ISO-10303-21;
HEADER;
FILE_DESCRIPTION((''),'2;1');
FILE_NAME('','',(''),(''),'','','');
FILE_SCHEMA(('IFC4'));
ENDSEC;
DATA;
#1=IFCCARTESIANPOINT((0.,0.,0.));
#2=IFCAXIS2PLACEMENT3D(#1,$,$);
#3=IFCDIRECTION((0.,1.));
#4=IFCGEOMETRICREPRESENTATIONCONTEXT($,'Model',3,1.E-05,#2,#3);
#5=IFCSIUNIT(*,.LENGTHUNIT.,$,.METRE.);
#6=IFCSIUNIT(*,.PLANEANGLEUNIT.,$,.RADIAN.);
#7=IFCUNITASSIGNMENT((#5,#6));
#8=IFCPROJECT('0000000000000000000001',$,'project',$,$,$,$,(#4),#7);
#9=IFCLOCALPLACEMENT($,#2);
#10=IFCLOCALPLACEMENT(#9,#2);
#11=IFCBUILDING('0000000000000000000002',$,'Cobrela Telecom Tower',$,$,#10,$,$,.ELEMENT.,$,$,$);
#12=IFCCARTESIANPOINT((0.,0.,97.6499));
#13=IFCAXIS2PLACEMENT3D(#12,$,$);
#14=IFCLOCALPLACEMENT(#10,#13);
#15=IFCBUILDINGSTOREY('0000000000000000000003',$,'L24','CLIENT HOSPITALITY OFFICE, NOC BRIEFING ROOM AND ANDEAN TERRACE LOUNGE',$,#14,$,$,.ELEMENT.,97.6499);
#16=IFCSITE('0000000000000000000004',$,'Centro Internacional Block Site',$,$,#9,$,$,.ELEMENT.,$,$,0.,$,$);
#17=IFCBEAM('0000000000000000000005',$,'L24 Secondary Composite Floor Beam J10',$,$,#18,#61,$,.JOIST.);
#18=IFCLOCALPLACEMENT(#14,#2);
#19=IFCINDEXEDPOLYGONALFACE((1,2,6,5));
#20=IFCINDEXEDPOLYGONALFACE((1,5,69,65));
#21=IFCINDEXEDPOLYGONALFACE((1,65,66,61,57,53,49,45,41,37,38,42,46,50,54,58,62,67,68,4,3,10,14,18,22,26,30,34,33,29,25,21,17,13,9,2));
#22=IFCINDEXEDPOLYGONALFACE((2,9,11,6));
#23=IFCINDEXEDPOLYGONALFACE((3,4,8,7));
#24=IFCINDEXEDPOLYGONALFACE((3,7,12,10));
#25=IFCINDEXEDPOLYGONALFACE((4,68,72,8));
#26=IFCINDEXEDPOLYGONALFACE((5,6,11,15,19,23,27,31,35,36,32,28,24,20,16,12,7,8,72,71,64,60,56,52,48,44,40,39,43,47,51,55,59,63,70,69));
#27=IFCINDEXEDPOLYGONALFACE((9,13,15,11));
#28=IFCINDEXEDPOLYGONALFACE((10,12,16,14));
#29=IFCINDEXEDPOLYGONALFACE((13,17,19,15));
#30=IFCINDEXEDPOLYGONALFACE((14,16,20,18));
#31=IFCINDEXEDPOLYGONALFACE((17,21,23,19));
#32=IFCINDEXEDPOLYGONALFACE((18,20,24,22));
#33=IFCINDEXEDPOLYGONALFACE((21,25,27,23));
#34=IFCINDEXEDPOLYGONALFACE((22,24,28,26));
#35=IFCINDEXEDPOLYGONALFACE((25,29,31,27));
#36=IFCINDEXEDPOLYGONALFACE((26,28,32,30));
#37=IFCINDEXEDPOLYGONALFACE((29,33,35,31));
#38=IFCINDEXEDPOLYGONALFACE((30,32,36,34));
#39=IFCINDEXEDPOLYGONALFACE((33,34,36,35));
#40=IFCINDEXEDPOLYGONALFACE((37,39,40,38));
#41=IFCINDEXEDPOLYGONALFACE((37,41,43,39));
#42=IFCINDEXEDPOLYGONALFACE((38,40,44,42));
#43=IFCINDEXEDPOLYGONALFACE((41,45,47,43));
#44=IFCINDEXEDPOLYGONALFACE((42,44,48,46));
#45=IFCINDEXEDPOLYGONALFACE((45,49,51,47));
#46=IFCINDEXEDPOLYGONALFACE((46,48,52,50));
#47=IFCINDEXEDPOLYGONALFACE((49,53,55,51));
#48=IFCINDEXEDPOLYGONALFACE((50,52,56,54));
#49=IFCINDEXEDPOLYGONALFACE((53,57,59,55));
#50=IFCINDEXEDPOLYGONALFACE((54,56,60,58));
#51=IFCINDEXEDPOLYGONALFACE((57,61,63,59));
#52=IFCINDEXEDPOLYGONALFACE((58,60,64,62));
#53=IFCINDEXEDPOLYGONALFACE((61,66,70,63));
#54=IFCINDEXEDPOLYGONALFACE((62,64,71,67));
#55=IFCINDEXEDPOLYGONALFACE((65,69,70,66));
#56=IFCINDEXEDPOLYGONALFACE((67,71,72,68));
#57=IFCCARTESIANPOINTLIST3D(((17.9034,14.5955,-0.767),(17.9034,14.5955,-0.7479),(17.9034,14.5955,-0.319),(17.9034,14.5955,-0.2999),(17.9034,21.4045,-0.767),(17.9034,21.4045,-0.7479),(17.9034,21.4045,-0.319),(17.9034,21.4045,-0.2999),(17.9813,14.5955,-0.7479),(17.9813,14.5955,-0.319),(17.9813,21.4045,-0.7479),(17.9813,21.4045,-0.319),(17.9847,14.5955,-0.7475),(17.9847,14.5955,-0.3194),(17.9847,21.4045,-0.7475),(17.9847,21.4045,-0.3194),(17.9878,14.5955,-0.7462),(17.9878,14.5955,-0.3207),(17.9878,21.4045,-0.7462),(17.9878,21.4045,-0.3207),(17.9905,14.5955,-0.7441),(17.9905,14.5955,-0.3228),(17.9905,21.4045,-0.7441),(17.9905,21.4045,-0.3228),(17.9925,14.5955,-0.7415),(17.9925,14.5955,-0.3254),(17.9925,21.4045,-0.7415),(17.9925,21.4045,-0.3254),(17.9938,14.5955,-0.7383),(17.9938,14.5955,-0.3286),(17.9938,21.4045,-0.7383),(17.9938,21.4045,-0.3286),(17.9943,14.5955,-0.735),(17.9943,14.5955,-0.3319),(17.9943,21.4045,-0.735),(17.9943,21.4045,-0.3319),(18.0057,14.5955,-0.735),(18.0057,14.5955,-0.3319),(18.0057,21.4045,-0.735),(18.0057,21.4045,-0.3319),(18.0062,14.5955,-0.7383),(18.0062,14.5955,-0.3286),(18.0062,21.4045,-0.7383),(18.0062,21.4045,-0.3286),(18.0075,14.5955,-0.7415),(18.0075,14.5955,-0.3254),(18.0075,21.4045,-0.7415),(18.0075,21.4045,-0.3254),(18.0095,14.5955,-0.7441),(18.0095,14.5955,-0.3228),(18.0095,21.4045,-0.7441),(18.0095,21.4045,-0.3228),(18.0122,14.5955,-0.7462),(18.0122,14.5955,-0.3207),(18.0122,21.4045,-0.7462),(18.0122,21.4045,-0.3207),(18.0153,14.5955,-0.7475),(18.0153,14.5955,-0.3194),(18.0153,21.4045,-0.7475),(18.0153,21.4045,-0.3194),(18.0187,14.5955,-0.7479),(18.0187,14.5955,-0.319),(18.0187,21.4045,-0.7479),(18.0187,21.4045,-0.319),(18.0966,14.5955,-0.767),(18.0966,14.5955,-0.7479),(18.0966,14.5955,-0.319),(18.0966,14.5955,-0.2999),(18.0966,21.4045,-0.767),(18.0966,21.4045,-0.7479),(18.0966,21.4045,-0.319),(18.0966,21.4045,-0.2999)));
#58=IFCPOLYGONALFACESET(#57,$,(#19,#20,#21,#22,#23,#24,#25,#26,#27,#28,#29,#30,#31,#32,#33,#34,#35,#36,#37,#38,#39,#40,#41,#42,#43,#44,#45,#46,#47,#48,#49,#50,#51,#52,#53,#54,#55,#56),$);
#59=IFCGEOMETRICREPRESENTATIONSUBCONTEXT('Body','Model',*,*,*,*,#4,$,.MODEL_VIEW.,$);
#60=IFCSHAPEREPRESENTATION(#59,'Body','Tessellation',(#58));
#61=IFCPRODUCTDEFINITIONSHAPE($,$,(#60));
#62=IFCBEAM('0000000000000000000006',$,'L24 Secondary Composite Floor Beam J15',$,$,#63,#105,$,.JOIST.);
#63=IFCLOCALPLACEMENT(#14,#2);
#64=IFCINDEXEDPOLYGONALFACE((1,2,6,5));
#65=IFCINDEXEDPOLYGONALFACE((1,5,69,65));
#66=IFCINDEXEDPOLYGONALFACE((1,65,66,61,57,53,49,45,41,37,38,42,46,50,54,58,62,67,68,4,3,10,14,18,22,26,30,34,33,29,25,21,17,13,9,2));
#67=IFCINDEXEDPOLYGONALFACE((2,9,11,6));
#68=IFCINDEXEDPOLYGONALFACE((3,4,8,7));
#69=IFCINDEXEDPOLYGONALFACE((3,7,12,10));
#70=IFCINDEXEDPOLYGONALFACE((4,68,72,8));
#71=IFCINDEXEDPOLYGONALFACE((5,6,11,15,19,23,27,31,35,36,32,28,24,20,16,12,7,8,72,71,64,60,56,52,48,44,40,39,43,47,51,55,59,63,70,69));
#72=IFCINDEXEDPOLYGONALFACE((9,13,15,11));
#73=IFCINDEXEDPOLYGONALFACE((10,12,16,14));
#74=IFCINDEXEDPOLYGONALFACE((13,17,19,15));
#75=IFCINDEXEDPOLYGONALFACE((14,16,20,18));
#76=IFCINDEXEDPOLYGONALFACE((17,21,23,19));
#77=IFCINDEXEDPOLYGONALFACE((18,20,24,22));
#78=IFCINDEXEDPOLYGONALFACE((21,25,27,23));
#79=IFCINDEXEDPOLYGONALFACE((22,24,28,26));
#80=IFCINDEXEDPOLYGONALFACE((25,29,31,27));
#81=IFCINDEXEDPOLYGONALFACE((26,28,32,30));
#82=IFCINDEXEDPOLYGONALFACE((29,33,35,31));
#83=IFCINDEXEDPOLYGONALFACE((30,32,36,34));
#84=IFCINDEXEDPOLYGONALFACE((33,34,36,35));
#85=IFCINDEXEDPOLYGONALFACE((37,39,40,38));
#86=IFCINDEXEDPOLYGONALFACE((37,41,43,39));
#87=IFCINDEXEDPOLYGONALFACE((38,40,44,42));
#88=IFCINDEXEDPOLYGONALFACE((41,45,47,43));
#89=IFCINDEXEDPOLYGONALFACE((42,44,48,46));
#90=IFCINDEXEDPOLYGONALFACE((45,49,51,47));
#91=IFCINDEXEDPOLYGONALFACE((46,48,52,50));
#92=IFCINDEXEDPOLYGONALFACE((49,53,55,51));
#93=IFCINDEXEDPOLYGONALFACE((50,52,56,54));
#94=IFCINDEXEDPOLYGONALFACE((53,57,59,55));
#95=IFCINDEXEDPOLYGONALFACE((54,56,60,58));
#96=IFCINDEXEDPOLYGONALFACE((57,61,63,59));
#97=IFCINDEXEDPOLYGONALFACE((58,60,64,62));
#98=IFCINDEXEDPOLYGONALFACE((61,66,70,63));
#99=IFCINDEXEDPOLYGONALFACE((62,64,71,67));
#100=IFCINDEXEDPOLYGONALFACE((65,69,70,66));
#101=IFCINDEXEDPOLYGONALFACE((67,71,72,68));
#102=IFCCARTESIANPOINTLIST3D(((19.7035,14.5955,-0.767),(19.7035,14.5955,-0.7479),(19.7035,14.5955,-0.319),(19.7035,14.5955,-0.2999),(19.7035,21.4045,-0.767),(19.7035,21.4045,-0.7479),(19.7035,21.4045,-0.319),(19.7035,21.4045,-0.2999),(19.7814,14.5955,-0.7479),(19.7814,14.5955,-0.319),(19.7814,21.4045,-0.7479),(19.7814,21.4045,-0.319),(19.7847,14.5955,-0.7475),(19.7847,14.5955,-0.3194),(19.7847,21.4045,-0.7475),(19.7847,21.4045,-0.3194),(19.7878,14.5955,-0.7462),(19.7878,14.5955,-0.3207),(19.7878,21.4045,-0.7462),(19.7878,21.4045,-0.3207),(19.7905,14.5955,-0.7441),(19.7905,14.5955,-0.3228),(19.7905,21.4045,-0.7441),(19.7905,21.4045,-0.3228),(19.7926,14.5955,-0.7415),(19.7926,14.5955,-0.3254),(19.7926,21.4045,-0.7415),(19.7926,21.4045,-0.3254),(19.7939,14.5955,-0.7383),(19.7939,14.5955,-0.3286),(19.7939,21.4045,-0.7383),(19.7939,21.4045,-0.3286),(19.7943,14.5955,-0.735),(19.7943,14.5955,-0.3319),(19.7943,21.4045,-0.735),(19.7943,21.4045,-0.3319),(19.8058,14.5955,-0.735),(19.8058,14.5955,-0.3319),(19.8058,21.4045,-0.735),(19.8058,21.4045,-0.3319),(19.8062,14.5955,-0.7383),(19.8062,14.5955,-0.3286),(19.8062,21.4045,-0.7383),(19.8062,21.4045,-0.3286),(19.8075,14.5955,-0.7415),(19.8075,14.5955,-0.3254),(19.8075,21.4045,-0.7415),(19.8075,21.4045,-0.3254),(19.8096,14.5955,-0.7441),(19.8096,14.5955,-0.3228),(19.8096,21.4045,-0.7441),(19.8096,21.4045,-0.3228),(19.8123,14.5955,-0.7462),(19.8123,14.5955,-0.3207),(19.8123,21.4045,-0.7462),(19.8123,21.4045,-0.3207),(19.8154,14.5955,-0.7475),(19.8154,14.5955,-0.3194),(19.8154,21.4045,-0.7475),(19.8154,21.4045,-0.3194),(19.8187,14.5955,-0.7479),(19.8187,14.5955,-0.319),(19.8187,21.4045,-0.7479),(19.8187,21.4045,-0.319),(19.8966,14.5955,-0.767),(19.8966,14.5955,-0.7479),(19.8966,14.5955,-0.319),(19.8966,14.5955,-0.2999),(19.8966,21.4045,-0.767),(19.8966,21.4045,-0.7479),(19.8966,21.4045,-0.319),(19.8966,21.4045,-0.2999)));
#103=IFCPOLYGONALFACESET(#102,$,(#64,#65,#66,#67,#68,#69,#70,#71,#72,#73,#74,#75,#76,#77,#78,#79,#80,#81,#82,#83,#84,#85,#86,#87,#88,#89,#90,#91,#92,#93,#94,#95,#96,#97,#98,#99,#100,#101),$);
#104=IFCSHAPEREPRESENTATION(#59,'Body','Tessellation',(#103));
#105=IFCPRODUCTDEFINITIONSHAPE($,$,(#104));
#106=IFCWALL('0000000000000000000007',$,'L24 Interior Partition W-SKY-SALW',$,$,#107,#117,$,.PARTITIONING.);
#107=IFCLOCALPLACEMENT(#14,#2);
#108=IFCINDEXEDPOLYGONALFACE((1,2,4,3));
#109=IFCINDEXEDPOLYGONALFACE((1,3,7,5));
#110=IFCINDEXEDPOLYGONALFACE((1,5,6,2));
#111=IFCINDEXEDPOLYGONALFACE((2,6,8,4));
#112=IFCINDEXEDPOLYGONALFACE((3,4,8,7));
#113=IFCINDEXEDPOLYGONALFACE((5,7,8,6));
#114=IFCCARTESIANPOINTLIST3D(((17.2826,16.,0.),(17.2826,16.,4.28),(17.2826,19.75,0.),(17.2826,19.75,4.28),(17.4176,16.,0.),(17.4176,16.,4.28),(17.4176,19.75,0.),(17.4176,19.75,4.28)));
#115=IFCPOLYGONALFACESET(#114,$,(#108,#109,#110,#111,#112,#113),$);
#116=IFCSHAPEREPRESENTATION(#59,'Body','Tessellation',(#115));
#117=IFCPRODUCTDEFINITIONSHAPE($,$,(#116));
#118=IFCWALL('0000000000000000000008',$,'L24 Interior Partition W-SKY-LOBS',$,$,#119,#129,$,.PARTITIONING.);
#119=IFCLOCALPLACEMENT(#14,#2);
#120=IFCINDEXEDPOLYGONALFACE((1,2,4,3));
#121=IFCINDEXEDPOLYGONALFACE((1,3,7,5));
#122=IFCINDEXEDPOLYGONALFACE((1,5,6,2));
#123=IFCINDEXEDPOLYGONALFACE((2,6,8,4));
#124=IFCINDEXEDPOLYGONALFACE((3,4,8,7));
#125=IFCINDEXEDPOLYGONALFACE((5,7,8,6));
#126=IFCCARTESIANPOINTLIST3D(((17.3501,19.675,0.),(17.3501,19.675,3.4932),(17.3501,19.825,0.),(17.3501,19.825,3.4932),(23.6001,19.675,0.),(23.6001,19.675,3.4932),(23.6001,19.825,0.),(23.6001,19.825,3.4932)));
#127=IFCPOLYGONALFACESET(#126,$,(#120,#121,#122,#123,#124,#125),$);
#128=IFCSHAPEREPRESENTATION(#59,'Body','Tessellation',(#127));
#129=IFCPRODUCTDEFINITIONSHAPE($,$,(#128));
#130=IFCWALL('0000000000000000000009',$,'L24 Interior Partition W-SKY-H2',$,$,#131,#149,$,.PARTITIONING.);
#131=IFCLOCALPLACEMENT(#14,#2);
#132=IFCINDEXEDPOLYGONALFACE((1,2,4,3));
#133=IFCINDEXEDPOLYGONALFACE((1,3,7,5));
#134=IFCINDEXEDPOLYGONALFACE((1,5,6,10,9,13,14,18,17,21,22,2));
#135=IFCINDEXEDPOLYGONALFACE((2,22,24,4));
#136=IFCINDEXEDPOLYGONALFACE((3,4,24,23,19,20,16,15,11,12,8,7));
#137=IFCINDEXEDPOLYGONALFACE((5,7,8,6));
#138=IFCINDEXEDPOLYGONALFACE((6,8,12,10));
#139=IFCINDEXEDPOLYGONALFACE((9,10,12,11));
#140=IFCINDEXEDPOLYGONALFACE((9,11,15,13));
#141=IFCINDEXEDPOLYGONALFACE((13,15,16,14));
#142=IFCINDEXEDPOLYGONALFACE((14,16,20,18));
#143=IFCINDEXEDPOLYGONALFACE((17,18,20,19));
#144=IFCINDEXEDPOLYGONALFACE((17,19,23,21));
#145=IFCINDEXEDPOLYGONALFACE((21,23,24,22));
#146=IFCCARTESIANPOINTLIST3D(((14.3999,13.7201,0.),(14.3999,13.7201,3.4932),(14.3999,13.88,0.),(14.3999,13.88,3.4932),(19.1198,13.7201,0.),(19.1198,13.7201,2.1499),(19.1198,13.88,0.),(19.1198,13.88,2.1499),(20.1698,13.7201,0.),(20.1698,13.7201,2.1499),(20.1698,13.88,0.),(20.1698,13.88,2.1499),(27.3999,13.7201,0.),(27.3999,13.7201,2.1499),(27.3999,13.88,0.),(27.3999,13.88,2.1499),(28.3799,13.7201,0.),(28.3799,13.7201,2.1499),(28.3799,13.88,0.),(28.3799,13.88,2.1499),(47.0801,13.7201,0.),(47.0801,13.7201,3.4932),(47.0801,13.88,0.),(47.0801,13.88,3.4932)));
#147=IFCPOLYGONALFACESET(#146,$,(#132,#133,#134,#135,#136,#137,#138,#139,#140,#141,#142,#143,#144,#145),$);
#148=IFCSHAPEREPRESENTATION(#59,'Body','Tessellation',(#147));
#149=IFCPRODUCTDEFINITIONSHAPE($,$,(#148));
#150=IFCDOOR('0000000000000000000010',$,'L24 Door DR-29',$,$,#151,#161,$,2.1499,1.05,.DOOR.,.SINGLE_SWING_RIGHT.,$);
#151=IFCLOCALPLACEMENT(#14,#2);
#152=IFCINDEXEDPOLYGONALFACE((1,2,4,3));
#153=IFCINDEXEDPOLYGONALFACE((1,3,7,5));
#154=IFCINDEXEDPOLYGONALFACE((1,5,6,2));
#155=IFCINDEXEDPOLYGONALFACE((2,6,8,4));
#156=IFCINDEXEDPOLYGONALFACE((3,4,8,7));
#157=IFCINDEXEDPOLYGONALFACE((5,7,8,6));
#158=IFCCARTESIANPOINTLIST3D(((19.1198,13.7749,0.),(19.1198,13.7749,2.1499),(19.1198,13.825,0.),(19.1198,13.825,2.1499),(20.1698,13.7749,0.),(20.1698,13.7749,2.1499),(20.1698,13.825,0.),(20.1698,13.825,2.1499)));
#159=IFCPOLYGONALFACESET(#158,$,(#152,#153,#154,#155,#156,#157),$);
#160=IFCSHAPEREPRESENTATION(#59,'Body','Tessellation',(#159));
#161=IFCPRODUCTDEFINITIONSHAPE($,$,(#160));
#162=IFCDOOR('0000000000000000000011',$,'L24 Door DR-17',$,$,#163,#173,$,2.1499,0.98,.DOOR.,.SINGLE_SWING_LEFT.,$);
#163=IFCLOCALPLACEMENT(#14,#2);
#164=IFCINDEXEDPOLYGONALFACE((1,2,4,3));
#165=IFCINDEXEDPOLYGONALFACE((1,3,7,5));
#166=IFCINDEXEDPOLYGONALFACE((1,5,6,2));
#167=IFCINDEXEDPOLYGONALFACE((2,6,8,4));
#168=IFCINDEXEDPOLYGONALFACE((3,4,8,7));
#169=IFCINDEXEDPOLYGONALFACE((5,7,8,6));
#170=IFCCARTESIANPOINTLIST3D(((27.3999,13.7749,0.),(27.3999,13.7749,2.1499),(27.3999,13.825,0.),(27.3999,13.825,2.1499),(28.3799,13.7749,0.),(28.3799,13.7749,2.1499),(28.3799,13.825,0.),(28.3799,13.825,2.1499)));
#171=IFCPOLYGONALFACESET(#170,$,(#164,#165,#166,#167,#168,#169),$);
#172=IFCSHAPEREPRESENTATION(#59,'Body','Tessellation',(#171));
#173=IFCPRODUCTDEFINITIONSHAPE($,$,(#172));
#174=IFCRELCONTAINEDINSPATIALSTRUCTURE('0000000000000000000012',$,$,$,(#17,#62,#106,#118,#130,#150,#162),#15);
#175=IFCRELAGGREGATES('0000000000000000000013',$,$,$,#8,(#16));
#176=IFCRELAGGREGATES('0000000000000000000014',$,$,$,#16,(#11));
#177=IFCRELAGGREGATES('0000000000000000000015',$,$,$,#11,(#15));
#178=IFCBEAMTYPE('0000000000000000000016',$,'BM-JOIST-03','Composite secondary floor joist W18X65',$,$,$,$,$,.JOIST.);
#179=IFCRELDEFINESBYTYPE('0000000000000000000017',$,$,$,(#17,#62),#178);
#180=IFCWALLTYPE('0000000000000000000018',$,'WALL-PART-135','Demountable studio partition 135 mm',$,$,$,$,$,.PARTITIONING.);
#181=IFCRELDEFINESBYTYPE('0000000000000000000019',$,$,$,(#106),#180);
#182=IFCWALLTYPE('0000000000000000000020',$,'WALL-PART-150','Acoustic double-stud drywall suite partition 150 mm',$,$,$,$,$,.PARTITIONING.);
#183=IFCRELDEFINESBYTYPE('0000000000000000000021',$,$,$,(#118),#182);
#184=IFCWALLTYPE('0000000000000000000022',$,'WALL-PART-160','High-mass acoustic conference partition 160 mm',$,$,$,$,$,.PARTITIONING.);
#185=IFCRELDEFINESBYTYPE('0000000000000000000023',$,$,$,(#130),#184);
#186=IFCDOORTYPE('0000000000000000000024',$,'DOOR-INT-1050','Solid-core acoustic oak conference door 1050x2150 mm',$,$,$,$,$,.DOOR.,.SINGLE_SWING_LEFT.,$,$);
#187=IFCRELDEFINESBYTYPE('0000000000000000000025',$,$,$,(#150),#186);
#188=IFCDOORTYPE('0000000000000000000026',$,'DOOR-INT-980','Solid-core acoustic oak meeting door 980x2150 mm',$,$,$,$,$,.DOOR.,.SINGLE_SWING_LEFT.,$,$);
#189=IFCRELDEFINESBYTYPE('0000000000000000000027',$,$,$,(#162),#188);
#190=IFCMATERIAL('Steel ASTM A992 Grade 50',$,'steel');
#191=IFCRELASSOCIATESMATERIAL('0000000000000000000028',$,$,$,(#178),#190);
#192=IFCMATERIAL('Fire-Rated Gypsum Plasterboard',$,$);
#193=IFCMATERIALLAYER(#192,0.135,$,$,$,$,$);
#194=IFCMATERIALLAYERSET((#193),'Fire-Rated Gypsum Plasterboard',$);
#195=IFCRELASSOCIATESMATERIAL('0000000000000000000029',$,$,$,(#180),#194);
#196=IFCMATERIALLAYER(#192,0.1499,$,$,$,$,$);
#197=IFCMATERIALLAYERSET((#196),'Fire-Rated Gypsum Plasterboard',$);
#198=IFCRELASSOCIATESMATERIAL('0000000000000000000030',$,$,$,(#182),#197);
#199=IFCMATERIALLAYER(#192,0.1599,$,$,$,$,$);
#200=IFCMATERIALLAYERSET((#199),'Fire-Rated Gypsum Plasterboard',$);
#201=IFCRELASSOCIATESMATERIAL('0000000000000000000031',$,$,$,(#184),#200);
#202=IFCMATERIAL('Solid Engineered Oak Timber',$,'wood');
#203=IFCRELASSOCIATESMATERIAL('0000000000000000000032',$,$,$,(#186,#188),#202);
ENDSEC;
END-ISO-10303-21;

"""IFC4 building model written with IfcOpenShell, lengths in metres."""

from ifc_helpers import new_model, si_unit, direction, frame, frame_2d, origin, origin_2d, place, context, subcontext, project, spatial, rectangle, i_section, extrude, material, layer, layer_set, material_profile, profile_set, type_object, element, fill, save


model = new_model("IFC4")

# Units and contexts
model_context = context("Model", 3, precision=1e-05, world=origin(), true_north=direction((0.0, 1.0)))
body_context = subcontext(model_context, "Body", "Model", "MODEL_VIEW")
ifc_project = project(units=[si_unit("LENGTHUNIT", "METRE"), si_unit("PLANEANGLEUNIT", "RADIAN")], contexts=[model_context])

# Site, building, storey
site_placement = place(None, origin())
site = spatial("IfcSite", under=ifc_project, at=site_placement, Name="Centro Internacional Block Site", CompositionType="ELEMENT", RefElevation=0.0)
building_placement = place(site_placement, origin())
building = spatial("IfcBuilding", under=site, at=building_placement, Name="Cobrela Telecom Tower", CompositionType="ELEMENT")
storey_placement = place(building_placement, frame((0.0, 0.0, 97.6499)))
storey = spatial("IfcBuildingStorey", under=building, at=storey_placement, Name="L24", Description="CLIENT HOSPITALITY OFFICE, NOC BRIEFING ROOM AND ANDEAN TERRACE LOUNGE", CompositionType="ELEMENT", Elevation=97.6499)

# Beams
ifc_material_1 = material(Name="Steel ASTM A992 Grade 50", Category="steel")
ifc_material_profile_1 = material_profile(ifc_material_1, i_section(OverallWidth=0.1931, OverallDepth=0.467, WebThickness=0.0115, FlangeThickness=0.019, FilletRadius=0.0129, at=origin_2d()), Name="W18X65")
ifc_profile_set_1 = profile_set([ifc_material_profile_1], Name="Steel ASTM A992 Grade 50")
beam_type_1 = type_object("IfcBeamType", Name="BM-JOIST-03", Description="Composite secondary floor joist W18X65", PredefinedType="JOIST", material=ifc_profile_set_1)
for number, where, z_axis, x_axis, name in (
    (1, (18.0, 14.5955, -0.5334), (0.0, 1.0, 0.0), (-1.0, 0.0, 0.0), "L24 Secondary Composite Floor Beam J10"),
    (2, (19.8, 14.5955, -0.5334), (0.0, 1.0, 0.0), (-1.0, 0.0, 0.0), "L24 Secondary Composite Floor Beam J15"),
):
    element("IfcBeam", number, at=place(storey_placement, frame(where, z_axis=z_axis, x_axis=x_axis)), inside=storey, type_object=beam_type_1, Name=name, PredefinedType="JOIST", context=body_context, shape_type="SweptSolid", body=[
        extrude(i_section(OverallWidth=0.1931, OverallDepth=0.467, WebThickness=0.0115, FlangeThickness=0.019, FilletRadius=0.0129, at=origin_2d()), origin(), (0.0, 0.0, 1.0), 6.8091),
    ])

# Walls
ifc_material_2 = material(Name="Fire-Rated Gypsum Plasterboard")
ifc_layer_1 = layer(ifc_material_2, 0.135)
ifc_layer_set_1 = layer_set([ifc_layer_1], Name="Fire-Rated Gypsum Plasterboard")
wall_type_1 = type_object("IfcWallType", Name="WALL-PART-135", Description="Demountable studio partition 135 mm", PredefinedType="PARTITIONING", material=ifc_layer_set_1)
wall_1_placement = place(storey_placement, frame((17.3501, 16.0, 0.0), z_axis=(0.0, 0.0, 1.0), x_axis=(0.0, 1.0, 0.0)))
element("IfcWall", 3, at=wall_1_placement, inside=storey, type_object=wall_type_1, Name="L24 Interior Partition W-SKY-SALW", PredefinedType="PARTITIONING", context=body_context, shape_type="SweptSolid", body=[
    extrude(rectangle(XDim=3.75, YDim=0.135, at=frame_2d((1.875, 0.0))), origin(), (0.0, 0.0, 1.0), 4.28),
])
ifc_layer_2 = layer(ifc_material_2, 0.1499)
ifc_layer_set_2 = layer_set([ifc_layer_2], Name="Fire-Rated Gypsum Plasterboard")
wall_type_2 = type_object("IfcWallType", Name="WALL-PART-150", Description="Acoustic double-stud drywall suite partition 150 mm", PredefinedType="PARTITIONING", material=ifc_layer_set_2)
wall_2_placement = place(storey_placement, frame((17.3501, 19.75, 0.0), z_axis=(0.0, 0.0, 1.0), x_axis=(1.0, 0.0, 0.0)))
element("IfcWall", 4, at=wall_2_placement, inside=storey, type_object=wall_type_2, Name="L24 Interior Partition W-SKY-LOBS", PredefinedType="PARTITIONING", context=body_context, shape_type="SweptSolid", body=[
    extrude(rectangle(XDim=6.25, YDim=0.1499, at=frame_2d((3.125, 0.0))), origin(), (0.0, 0.0, 1.0), 3.4932),
])

# Wall, openings, doors
ifc_layer_3 = layer(ifc_material_2, 0.1599)
ifc_layer_set_3 = layer_set([ifc_layer_3], Name="Fire-Rated Gypsum Plasterboard")
wall_type_3 = type_object("IfcWallType", Name="WALL-PART-160", Description="High-mass acoustic conference partition 160 mm", PredefinedType="PARTITIONING", material=ifc_layer_set_3)
wall_3_placement = place(storey_placement, frame((14.3999, 13.8, 0.0), z_axis=(0.0, 0.0, 1.0), x_axis=(1.0, 0.0, 0.0)))
wall_3 = element("IfcWall", 5, at=wall_3_placement, inside=storey, type_object=wall_type_3, Name="L24 Interior Partition W-SKY-H2", PredefinedType="PARTITIONING", context=body_context, shape_type="SweptSolid", body=[
    extrude(rectangle(XDim=32.6802, YDim=0.1599, at=frame_2d((16.3401, 0.0))), origin(), (0.0, 0.0, 1.0), 3.4932),
])
opening_1_placement = place(wall_3_placement, frame((4.72, 0.0, 0.0)))
opening_1 = element("IfcOpeningElement", 6, at=opening_1_placement, cuts=wall_3, PredefinedType="OPENING", context=body_context, shape_type="SweptSolid", body=[
    extrude(rectangle(XDim=1.05, YDim=2.1499, at=frame_2d((0.5249, 1.075))), frame((0.0, 0.0918, 0.0), z_axis=(0.0, -1.0, 0.0), x_axis=(1.0, 0.0, 0.0)), (0.0, 0.0, 1.0), 0.1838),
])
opening_2_placement = place(wall_3_placement, frame((13.0, 0.0, 0.0)))
opening_2 = element("IfcOpeningElement", 7, at=opening_2_placement, cuts=wall_3, PredefinedType="OPENING", context=body_context, shape_type="SweptSolid", body=[
    extrude(rectangle(XDim=0.98, YDim=2.1499, at=frame_2d((0.49, 1.075))), frame((0.0, 0.0918, 0.0), z_axis=(0.0, -1.0, 0.0), x_axis=(1.0, 0.0, 0.0)), (0.0, 0.0, 1.0), 0.1838),
])
ifc_material_3 = material(Name="Solid Engineered Oak Timber", Category="wood")
door_type_1 = type_object("IfcDoorType", Name="DOOR-INT-1050", Description="Solid-core acoustic oak conference door 1050x2150 mm", OperationType="SINGLE_SWING_LEFT", PredefinedType="DOOR", material=ifc_material_3)
door_1_placement = place(opening_1_placement, origin())
door_1 = element("IfcDoor", 8, at=door_1_placement, inside=storey, type_object=door_type_1, Name="L24 Door DR-29", OperationType="SINGLE_SWING_RIGHT", OverallHeight=2.1499, OverallWidth=1.05, PredefinedType="DOOR", context=body_context, shape_type="SweptSolid", body=[
    extrude(rectangle(XDim=1.05, YDim=2.1499, at=frame_2d((0.5249, 1.075))), frame((0.0, 0.0249, 0.0), z_axis=(0.0, -1.0, 0.0), x_axis=(1.0, 0.0, 0.0)), (0.0, 0.0, 1.0), 0.05),
])
fill(opening_1, door_1)
door_type_2 = type_object("IfcDoorType", Name="DOOR-INT-980", Description="Solid-core acoustic oak meeting door 980x2150 mm", OperationType="SINGLE_SWING_LEFT", PredefinedType="DOOR", material=ifc_material_3)
door_2_placement = place(opening_2_placement, origin())
door_2 = element("IfcDoor", 9, at=door_2_placement, inside=storey, type_object=door_type_2, Name="L24 Door DR-17", OperationType="SINGLE_SWING_LEFT", OverallHeight=2.1499, OverallWidth=0.98, PredefinedType="DOOR", context=body_context, shape_type="SweptSolid", body=[
    extrude(rectangle(XDim=0.98, YDim=2.1499, at=frame_2d((0.49, 1.075))), frame((0.0, 0.0249, 0.0), z_axis=(0.0, -1.0, 0.0), x_axis=(1.0, 0.0, 0.0)), (0.0, 0.0, 1.0), 0.05),
])
fill(opening_2, door_2)

save(model, "model.ifc")
